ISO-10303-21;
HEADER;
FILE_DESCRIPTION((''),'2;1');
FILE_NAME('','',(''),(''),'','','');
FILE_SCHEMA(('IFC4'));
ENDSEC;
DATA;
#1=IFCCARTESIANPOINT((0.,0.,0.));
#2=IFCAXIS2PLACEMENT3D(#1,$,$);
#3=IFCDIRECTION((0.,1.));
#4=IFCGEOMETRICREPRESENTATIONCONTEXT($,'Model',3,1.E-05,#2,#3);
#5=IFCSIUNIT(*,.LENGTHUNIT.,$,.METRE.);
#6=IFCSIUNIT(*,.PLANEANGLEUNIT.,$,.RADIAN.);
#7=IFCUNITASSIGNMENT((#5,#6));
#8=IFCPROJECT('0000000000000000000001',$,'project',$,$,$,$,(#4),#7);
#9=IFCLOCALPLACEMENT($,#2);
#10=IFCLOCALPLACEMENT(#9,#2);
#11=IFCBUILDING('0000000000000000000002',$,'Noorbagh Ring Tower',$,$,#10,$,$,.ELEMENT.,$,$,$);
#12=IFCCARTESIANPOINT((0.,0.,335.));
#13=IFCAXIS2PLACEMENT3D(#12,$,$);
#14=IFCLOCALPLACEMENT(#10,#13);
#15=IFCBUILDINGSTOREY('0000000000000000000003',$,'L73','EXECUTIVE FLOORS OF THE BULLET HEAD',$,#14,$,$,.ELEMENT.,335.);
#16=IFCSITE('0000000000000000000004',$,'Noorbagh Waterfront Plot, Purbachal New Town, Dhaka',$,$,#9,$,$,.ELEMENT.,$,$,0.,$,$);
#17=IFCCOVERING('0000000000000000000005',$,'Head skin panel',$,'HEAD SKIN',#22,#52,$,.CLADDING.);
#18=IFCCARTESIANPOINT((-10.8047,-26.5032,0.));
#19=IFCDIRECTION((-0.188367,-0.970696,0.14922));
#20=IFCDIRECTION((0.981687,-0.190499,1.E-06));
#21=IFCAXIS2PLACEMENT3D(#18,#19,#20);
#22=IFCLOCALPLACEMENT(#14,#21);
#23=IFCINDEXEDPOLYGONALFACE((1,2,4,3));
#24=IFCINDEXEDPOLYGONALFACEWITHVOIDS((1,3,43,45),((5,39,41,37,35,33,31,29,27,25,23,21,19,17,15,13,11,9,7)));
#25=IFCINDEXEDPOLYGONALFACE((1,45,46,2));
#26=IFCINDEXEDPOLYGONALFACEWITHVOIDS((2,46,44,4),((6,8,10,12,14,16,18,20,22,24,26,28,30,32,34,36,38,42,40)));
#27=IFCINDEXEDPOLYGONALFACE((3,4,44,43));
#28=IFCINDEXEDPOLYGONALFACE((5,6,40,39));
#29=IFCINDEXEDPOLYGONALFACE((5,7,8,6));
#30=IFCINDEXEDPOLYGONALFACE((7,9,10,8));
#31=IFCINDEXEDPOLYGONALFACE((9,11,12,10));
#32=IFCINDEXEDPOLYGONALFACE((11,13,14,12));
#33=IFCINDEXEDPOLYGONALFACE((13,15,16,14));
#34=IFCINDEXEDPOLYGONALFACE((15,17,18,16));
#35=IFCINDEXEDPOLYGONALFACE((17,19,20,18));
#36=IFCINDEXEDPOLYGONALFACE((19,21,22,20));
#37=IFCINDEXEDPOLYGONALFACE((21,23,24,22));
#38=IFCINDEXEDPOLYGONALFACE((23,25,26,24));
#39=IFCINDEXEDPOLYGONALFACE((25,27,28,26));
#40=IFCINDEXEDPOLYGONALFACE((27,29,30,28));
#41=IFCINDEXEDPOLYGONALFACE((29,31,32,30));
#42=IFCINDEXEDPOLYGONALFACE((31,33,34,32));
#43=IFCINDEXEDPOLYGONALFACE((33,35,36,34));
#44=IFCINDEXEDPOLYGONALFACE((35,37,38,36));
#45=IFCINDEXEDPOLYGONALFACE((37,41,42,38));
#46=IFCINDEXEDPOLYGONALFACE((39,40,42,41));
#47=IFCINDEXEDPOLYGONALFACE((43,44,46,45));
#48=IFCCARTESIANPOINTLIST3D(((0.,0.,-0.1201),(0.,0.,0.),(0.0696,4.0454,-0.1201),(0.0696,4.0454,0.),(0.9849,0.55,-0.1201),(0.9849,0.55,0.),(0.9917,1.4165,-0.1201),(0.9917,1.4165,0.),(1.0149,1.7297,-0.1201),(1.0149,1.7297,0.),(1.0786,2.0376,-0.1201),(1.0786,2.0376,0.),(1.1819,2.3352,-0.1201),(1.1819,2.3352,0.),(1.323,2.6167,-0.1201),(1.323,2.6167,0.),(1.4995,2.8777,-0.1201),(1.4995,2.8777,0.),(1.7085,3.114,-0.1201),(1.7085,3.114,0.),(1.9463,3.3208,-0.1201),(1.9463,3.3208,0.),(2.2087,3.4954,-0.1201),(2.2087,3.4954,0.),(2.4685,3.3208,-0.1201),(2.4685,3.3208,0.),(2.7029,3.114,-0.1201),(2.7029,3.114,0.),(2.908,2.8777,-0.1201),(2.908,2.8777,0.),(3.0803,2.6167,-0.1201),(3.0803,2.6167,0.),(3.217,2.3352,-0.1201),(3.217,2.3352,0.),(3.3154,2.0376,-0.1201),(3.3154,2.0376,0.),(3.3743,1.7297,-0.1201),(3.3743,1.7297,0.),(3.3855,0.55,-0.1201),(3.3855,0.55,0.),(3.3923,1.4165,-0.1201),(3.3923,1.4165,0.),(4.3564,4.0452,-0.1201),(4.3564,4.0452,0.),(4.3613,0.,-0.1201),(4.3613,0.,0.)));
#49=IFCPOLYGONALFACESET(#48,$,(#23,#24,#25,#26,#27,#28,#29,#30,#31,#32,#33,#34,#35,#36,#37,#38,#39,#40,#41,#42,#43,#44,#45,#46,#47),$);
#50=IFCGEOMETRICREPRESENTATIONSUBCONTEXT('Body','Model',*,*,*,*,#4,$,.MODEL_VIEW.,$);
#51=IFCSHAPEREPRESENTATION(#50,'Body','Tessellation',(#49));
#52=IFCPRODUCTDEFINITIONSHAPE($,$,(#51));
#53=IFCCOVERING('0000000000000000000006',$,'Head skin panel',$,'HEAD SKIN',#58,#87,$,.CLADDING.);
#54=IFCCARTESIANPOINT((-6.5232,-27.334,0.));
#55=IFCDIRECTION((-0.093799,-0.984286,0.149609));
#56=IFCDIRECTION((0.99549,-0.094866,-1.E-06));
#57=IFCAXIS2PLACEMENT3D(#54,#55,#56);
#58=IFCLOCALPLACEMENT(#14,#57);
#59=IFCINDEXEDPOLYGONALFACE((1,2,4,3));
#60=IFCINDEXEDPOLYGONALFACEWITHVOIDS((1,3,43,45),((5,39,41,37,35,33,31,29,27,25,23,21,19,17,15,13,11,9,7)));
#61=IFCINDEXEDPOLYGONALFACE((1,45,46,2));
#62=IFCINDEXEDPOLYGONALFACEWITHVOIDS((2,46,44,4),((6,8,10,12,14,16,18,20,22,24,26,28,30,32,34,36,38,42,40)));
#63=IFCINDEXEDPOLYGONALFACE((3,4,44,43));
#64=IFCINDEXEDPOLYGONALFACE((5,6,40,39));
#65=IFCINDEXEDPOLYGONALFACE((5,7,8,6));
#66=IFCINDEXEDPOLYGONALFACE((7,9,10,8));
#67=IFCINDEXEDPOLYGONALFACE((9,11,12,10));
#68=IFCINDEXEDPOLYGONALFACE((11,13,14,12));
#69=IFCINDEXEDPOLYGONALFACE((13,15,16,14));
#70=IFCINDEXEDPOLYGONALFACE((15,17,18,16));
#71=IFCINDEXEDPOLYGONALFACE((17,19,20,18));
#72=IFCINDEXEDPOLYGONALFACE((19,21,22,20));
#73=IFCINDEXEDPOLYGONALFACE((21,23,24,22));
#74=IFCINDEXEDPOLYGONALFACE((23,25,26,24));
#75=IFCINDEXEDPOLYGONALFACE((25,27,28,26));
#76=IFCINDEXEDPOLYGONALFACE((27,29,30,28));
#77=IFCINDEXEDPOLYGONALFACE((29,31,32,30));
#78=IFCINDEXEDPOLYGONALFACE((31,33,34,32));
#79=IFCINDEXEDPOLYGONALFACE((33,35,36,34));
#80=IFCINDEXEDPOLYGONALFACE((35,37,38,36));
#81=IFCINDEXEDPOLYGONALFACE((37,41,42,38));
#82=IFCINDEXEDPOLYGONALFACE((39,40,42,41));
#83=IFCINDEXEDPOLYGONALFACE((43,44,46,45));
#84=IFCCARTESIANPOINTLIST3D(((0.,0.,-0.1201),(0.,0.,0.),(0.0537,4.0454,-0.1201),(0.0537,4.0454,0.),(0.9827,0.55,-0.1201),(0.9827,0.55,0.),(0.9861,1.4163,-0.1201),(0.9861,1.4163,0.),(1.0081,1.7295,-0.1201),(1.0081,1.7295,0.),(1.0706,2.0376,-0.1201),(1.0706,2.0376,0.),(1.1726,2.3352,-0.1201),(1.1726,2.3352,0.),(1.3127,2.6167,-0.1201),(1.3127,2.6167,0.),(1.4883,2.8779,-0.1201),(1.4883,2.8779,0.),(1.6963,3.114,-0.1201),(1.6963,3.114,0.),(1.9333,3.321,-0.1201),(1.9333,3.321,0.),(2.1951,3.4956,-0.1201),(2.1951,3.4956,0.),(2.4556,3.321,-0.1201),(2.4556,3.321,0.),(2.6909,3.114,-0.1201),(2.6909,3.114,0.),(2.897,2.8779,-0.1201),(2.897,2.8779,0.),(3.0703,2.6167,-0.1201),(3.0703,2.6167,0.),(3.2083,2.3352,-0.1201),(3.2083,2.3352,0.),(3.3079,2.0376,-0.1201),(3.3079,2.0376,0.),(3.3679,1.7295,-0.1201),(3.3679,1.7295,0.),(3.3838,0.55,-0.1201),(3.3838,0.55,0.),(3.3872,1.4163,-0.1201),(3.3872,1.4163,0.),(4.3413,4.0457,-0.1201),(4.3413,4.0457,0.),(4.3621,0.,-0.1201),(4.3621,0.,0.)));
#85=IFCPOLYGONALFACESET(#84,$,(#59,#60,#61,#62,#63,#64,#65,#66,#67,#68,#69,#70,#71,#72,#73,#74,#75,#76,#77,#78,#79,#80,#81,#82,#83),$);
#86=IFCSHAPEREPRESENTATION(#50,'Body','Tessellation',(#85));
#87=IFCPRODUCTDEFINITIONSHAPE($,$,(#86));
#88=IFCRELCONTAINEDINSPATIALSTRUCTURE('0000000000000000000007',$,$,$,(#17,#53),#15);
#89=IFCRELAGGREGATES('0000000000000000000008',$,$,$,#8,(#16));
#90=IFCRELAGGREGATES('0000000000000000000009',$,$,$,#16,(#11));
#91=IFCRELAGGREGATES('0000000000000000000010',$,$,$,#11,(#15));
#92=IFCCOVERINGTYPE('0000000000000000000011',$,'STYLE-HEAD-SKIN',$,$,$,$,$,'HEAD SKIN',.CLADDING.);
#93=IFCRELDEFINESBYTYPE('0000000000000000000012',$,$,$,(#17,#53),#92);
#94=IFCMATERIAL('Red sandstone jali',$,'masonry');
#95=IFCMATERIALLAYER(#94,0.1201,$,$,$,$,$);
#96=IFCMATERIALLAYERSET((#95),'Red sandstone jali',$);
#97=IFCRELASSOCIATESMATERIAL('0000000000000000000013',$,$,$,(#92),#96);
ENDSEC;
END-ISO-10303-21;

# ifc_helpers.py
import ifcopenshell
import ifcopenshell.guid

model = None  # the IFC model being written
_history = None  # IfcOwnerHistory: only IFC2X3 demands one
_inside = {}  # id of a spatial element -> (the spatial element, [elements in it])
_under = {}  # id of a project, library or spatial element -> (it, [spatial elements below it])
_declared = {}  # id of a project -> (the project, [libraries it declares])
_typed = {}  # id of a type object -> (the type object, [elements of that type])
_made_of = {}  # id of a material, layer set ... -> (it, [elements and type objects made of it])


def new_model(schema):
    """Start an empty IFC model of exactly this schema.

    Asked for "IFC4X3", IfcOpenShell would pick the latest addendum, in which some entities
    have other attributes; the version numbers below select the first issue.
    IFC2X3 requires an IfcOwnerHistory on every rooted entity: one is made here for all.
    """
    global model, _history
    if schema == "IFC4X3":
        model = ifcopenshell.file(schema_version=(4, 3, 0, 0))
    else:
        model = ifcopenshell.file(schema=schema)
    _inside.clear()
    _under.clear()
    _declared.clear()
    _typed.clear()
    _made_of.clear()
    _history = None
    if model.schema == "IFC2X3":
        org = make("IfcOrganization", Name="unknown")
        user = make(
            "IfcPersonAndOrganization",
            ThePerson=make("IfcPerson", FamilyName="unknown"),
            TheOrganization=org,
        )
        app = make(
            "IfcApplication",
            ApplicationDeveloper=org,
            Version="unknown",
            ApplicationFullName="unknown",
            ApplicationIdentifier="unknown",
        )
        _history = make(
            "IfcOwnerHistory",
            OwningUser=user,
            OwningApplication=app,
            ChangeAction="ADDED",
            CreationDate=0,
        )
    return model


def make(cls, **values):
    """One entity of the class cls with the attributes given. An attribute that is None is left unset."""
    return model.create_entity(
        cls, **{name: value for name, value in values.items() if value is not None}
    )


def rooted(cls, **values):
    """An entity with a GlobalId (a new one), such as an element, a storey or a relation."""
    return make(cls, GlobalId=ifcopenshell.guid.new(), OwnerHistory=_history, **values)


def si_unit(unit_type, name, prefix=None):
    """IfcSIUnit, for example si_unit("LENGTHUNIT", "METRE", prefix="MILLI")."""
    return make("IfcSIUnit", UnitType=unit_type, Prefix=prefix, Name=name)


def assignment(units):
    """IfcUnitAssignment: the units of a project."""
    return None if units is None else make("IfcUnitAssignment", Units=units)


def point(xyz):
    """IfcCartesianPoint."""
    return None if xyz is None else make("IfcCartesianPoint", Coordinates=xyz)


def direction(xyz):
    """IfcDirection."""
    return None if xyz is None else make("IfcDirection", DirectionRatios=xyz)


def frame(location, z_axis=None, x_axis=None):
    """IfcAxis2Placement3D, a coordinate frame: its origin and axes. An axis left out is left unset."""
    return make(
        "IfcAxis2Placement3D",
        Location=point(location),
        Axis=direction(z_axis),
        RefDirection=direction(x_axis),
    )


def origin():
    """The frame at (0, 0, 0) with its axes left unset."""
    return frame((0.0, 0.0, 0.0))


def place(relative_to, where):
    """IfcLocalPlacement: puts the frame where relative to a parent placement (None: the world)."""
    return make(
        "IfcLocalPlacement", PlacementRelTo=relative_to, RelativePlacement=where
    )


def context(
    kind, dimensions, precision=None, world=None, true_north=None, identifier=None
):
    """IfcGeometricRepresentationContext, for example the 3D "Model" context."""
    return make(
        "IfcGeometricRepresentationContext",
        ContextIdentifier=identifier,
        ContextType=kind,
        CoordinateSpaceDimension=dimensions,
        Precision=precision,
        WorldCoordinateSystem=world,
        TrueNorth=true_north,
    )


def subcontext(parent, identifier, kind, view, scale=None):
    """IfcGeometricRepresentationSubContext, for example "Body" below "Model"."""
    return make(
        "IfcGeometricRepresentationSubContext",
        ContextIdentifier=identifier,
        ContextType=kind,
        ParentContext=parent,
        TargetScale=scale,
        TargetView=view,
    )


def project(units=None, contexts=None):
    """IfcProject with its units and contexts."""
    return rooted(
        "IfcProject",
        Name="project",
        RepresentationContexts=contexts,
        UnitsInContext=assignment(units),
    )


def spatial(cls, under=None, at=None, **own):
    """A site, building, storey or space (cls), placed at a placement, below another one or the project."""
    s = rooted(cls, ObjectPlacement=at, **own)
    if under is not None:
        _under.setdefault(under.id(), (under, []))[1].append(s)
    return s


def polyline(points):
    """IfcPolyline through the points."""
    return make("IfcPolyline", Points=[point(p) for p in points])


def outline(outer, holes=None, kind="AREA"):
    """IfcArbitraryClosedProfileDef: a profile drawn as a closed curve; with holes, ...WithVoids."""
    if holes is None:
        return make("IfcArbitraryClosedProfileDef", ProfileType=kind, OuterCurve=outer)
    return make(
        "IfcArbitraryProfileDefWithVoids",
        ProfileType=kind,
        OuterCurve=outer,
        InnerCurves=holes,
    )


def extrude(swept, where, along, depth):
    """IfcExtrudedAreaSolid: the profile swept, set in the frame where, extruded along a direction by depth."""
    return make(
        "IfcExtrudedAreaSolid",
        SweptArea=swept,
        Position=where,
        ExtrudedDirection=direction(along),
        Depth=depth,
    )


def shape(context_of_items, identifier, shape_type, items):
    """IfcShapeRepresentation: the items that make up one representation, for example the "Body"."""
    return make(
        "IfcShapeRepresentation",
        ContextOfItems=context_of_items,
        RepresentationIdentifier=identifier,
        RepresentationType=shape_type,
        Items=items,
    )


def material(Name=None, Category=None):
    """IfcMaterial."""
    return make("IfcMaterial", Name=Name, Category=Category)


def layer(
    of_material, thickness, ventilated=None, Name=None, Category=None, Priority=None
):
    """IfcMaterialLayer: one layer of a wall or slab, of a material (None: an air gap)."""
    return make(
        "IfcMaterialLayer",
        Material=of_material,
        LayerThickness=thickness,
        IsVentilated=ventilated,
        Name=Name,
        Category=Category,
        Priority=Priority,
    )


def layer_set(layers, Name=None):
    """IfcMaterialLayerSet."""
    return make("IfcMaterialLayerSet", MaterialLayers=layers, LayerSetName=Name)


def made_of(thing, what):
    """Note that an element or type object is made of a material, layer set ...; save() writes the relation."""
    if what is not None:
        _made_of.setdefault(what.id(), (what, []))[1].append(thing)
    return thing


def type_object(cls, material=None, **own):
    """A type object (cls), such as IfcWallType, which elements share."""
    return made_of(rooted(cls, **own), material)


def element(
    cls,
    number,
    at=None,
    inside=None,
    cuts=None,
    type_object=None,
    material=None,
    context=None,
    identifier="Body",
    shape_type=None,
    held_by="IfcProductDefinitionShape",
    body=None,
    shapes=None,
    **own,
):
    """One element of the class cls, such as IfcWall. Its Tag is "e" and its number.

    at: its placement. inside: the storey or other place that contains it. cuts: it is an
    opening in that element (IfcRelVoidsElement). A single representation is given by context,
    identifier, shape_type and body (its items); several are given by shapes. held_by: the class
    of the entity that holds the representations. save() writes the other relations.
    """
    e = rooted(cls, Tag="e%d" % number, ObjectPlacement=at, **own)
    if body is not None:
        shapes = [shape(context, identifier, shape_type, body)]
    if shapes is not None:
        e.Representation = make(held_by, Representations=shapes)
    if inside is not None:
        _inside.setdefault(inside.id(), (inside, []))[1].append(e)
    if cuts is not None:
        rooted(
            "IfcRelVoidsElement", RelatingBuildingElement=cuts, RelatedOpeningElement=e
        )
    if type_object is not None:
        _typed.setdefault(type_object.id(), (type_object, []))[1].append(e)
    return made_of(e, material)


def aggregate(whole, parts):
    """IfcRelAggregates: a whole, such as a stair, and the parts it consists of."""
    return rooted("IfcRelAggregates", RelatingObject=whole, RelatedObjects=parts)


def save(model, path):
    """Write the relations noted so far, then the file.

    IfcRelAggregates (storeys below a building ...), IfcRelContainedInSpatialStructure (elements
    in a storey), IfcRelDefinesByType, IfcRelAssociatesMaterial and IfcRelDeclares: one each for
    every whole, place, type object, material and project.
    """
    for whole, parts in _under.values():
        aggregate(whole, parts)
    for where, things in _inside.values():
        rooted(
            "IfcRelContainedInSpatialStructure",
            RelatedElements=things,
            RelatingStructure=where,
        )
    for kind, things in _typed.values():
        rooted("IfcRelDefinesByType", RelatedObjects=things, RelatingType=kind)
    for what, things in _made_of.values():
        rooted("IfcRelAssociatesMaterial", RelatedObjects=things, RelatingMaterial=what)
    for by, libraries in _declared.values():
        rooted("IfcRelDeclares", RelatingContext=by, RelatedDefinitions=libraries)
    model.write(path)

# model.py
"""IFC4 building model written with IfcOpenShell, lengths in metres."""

from ifc_helpers import new_model, si_unit, direction, frame, origin, place, context, subcontext, project, spatial, polyline, outline, extrude, material, layer, layer_set, type_object, element, save


model = new_model("IFC4")

# Units and contexts
model_context = context("Model", 3, precision=1e-05, world=origin(), true_north=direction((0.0, 1.0)))
body_context = subcontext(model_context, "Body", "Model", "MODEL_VIEW")
ifc_project = project(units=[si_unit("LENGTHUNIT", "METRE"), si_unit("PLANEANGLEUNIT", "RADIAN")], contexts=[model_context])

# Site, building, storey
site_placement = place(None, origin())
site = spatial("IfcSite", under=ifc_project, at=site_placement, Name="Noorbagh Waterfront Plot, Purbachal New Town, Dhaka", CompositionType="ELEMENT", RefElevation=0.0)
building_placement = place(site_placement, origin())
building = spatial("IfcBuilding", under=site, at=building_placement, Name="Noorbagh Ring Tower", CompositionType="ELEMENT")
storey_placement = place(building_placement, frame((0.0, 0.0, 335.0)))
storey = spatial("IfcBuildingStorey", under=building, at=storey_placement, Name="L73", Description="EXECUTIVE FLOORS OF THE BULLET HEAD", CompositionType="ELEMENT", Elevation=335.0)

# Coverings
ifc_material_1 = material(Name="Red sandstone jali", Category="masonry")
ifc_layer_1 = layer(ifc_material_1, 0.1201)
ifc_layer_set_1 = layer_set([ifc_layer_1], Name="Red sandstone jali")
covering_type_1 = type_object("IfcCoveringType", Name="STYLE-HEAD-SKIN", ElementType="HEAD SKIN", PredefinedType="CLADDING", material=ifc_layer_set_1)
covering_1_placement = place(storey_placement, frame((-10.8047, -26.5032, 0.0), z_axis=(-0.188367, -0.970696, 0.14922), x_axis=(0.981687, -0.190499, 0.000001)))
element("IfcCovering", 1, at=covering_1_placement, inside=storey, type_object=covering_type_1, Name="Head skin panel", ObjectType="HEAD SKIN", PredefinedType="CLADDING", context=body_context, shape_type="SweptSolid", body=[
    extrude(outline(polyline([(0.0, 0.0), (4.3613, 0.0), (4.3564, 4.0452), (0.0696, 4.0454), (0.0, 0.0)]), holes=[polyline([(0.9849, 0.55), (0.9917, 1.4165), (1.0149, 1.7297), (1.0786, 2.0376), (1.1819, 2.3352), (1.323, 2.6167), (1.4995, 2.8777), (1.7085, 3.114), (1.9463, 3.3208), (2.2087, 3.4954), (2.4685, 3.3208), (2.7029, 3.114), (2.908, 2.8777), (3.0803, 2.6167), (3.217, 2.3352), (3.3154, 2.0376), (3.3743, 1.7297), (3.3923, 1.4165), (3.3855, 0.55), (0.9849, 0.55)])]), origin(), (0.0, 0.0, -1.0), 0.1201),
])
covering_2_placement = place(storey_placement, frame((-6.5232, -27.334, 0.0), z_axis=(-0.093799, -0.984286, 0.149609), x_axis=(0.99549, -0.094866, -0.000001)))
element("IfcCovering", 2, at=covering_2_placement, inside=storey, type_object=covering_type_1, Name="Head skin panel", ObjectType="HEAD SKIN", PredefinedType="CLADDING", context=body_context, shape_type="SweptSolid", body=[
    extrude(outline(polyline([(0.0, 0.0), (4.3621, 0.0), (4.3413, 4.0457), (0.0537, 4.0454), (0.0, 0.0)]), holes=[polyline([(0.9827, 0.55), (0.9861, 1.4163), (1.0081, 1.7295), (1.0706, 2.0376), (1.1726, 2.3352), (1.3127, 2.6167), (1.4883, 2.8779), (1.6963, 3.114), (1.9333, 3.321), (2.1951, 3.4956), (2.4556, 3.321), (2.6909, 3.114), (2.897, 2.8779), (3.0703, 2.6167), (3.2083, 2.3352), (3.3079, 2.0376), (3.3679, 1.7295), (3.3872, 1.4163), (3.3838, 0.55), (0.9827, 0.55)])]), origin(), (0.0, 0.0, -1.0), 0.1201),
])

save(model, "model.ifc")
